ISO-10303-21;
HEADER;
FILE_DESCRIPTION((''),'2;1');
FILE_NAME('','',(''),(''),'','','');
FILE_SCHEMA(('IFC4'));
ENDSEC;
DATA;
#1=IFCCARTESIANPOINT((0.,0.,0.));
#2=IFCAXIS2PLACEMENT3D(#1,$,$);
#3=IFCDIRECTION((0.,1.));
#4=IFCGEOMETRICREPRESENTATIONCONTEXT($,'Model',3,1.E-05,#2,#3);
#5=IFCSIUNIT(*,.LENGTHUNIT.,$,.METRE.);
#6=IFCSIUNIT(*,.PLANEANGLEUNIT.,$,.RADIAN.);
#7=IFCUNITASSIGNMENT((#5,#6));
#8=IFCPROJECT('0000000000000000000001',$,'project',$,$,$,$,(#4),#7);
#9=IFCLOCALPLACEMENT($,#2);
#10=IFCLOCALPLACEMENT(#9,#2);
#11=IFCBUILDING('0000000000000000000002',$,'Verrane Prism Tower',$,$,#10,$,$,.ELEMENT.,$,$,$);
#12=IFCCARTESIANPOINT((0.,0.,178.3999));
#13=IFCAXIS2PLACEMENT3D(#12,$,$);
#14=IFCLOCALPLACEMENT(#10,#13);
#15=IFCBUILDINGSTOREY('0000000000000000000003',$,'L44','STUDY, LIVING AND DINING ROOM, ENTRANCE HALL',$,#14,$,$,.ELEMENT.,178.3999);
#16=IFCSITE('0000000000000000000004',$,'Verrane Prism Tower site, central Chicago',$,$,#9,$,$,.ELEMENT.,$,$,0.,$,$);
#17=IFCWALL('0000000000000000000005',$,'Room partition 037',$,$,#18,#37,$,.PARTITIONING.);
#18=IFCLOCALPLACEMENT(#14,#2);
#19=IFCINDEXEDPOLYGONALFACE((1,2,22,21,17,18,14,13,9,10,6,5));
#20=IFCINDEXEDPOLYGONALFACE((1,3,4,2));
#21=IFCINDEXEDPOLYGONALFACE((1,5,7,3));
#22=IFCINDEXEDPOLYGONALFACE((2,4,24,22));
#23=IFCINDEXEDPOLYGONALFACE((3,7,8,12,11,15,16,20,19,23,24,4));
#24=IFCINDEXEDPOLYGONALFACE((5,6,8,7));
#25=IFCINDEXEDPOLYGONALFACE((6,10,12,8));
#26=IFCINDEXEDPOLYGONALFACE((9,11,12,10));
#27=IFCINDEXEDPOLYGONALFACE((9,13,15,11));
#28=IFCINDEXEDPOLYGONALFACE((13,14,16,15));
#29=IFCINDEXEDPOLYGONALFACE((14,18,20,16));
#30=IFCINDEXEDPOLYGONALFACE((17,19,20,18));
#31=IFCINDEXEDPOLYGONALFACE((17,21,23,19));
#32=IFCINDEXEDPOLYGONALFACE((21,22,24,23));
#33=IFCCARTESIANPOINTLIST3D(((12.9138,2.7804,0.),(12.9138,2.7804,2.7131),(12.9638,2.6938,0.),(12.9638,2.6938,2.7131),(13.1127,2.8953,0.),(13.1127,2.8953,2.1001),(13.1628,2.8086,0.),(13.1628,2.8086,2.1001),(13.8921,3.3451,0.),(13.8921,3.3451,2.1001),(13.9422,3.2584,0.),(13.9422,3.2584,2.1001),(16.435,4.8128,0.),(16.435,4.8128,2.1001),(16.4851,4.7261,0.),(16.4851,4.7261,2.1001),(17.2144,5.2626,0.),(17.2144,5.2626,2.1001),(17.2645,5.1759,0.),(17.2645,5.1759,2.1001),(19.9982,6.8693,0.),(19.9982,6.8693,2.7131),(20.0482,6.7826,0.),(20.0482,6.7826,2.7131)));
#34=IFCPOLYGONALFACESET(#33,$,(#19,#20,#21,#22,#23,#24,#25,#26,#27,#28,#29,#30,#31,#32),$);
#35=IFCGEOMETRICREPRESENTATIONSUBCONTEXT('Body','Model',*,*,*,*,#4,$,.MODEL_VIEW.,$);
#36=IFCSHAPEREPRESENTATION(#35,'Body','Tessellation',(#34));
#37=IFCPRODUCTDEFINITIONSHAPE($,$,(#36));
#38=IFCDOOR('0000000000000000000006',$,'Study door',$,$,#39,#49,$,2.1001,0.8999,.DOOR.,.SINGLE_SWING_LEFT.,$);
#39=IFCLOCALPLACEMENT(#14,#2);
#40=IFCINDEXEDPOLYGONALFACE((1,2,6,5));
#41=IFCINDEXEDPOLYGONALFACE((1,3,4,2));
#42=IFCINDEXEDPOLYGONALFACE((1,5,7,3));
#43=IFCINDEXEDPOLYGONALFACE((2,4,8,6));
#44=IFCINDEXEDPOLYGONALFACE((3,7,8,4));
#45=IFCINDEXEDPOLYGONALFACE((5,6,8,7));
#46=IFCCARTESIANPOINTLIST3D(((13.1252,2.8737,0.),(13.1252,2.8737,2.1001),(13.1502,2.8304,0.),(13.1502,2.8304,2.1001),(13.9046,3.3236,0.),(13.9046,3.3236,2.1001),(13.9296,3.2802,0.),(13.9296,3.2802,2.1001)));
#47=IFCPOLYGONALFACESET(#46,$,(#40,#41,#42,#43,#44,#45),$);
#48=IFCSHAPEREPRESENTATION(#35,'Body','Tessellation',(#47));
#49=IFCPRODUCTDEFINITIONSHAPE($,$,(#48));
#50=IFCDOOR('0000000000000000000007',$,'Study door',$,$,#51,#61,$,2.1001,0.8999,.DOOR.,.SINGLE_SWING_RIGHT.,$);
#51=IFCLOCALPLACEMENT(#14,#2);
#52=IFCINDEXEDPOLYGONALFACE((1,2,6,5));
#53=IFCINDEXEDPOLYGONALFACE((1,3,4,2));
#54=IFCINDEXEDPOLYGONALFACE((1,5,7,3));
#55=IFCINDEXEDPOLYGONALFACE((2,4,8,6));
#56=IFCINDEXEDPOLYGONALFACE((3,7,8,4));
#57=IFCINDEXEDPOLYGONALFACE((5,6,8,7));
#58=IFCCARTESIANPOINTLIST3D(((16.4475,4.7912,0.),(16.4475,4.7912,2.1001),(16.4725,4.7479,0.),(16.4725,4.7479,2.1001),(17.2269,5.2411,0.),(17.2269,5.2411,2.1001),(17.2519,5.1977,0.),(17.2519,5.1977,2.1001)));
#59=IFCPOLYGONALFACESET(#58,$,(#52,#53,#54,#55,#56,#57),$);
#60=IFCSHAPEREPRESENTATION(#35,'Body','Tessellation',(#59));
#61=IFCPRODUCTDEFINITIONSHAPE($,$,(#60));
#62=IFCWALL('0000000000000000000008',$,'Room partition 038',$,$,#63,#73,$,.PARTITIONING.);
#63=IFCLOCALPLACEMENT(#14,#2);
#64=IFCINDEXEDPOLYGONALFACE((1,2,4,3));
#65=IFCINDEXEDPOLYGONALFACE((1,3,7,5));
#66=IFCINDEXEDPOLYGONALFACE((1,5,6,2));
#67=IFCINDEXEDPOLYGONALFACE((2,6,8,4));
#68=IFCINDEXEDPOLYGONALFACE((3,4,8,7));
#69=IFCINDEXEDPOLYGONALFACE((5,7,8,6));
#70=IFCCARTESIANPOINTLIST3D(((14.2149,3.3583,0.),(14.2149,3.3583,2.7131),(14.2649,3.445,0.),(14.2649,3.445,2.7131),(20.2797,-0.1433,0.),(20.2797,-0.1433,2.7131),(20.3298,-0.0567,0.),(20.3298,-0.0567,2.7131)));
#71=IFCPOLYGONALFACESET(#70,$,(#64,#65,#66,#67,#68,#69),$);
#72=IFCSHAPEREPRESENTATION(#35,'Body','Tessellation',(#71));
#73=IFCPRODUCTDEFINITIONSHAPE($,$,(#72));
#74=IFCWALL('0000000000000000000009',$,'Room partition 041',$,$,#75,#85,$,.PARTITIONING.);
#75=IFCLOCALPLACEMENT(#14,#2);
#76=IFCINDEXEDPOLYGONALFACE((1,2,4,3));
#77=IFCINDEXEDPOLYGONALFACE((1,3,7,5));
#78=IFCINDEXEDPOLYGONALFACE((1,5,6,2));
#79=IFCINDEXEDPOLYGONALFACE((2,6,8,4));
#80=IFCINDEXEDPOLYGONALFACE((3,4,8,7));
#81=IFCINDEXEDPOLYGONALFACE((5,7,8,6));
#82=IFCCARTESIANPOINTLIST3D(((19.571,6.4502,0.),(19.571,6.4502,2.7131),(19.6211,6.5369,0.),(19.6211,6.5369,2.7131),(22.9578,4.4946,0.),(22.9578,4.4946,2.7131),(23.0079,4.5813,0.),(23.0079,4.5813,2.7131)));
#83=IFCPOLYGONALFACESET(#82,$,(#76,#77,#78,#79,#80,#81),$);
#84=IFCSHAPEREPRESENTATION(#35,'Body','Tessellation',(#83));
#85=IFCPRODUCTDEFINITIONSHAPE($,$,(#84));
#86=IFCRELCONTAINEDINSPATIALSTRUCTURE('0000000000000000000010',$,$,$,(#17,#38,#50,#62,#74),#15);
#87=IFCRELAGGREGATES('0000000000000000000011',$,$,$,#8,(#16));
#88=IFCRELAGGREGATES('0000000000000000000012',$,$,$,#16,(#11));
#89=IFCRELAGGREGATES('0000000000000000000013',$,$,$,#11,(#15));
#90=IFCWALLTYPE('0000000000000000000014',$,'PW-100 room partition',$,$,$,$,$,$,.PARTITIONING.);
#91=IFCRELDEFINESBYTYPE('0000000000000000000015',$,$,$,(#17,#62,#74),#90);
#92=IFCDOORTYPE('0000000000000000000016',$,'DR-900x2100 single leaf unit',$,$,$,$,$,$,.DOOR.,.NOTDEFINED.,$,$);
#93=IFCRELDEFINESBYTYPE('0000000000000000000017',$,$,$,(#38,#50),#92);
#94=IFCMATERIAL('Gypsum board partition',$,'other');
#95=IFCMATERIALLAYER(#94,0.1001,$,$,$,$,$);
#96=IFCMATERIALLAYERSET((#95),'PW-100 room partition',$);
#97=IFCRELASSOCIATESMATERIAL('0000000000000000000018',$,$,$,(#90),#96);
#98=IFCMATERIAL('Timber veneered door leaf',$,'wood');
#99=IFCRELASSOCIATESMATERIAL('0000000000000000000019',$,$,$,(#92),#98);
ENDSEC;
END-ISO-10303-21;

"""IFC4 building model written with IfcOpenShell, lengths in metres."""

from ifc_helpers import new_model, si_unit, direction, frame, frame_2d, origin, place, context, subcontext, project, spatial, rectangle, extrude, material, layer, layer_set, type_object, element, fill, save


model = new_model("IFC4")

# Units and contexts
model_context = context("Model", 3, precision=1e-05, world=origin(), true_north=direction((0.0, 1.0)))
body_context = subcontext(model_context, "Body", "Model", "MODEL_VIEW")
ifc_project = project(units=[si_unit("LENGTHUNIT", "METRE"), si_unit("PLANEANGLEUNIT", "RADIAN")], contexts=[model_context])

# Site, building, storey
site_placement = place(None, origin())
site = spatial("IfcSite", under=ifc_project, at=site_placement, Name="Verrane Prism Tower site, central Chicago", CompositionType="ELEMENT", RefElevation=0.0)
building_placement = place(site_placement, origin())
building = spatial("IfcBuilding", under=site, at=building_placement, Name="Verrane Prism Tower", CompositionType="ELEMENT")
storey_placement = place(building_placement, frame((0.0, 0.0, 178.3999)))
storey = spatial("IfcBuildingStorey", under=building, at=storey_placement, Name="L44", Description="STUDY, LIVING AND DINING ROOM, ENTRANCE HALL", CompositionType="ELEMENT", Elevation=178.3999)

# Wall, openings, doors
ifc_material_1 = material(Name="Gypsum board partition", Category="other")
ifc_layer_1 = layer(ifc_material_1, 0.1001)
ifc_layer_set_1 = layer_set([ifc_layer_1], Name="PW-100 room partition")
wall_type_1 = type_object("IfcWallType", Name="PW-100 room partition", PredefinedType="PARTITIONING", material=ifc_layer_set_1)
wall_1_placement = place(storey_placement, frame((20.0232, 6.8259, 0.0), z_axis=(0.0, 0.0, 1.0), x_axis=(-0.866097, -0.499876, 0.0)))
wall_1 = element("IfcWall", 1, at=wall_1_placement, inside=storey, type_object=wall_type_1, Name="Room partition 037", PredefinedType="PARTITIONING", context=body_context, shape_type="SweptSolid", body=[
    extrude(rectangle(XDim=8.1797, YDim=0.1001, at=frame_2d((4.0898, 0.0))), origin(), (0.0, 0.0, 1.0), 2.7131),
])
opening_1_placement = place(wall_1_placement, frame((7.05, 0.0, 0.0)))
opening_1 = element("IfcOpeningElement", 2, at=opening_1_placement, cuts=wall_1, PredefinedType="OPENING", context=body_context, shape_type="SweptSolid", body=[
    extrude(rectangle(XDim=0.8999, YDim=2.1001, at=frame_2d((0.45, 1.05))), frame((0.0, 0.0601, 0.0), z_axis=(0.0, -1.0, 0.0), x_axis=(1.0, 0.0, 0.0)), (0.0, 0.0, 1.0), 0.1201),
])
opening_2_placement = place(wall_1_placement, frame((3.2141, 0.0, 0.0)))
opening_2 = element("IfcOpeningElement", 3, at=opening_2_placement, cuts=wall_1, PredefinedType="OPENING", context=body_context, shape_type="SweptSolid", body=[
    extrude(rectangle(XDim=0.8999, YDim=2.1001, at=frame_2d((0.45, 1.05))), frame((0.0, 0.0601, 0.0), z_axis=(0.0, -1.0, 0.0), x_axis=(1.0, 0.0, 0.0)), (0.0, 0.0, 1.0), 0.1201),
])
ifc_material_2 = material(Name="Timber veneered door leaf", Category="wood")
door_type_1 = type_object("IfcDoorType", Name="DR-900x2100 single leaf unit", OperationType="NOTDEFINED", PredefinedType="DOOR", material=ifc_material_2)
door_1_placement = place(opening_1_placement, origin())
door_1 = element("IfcDoor", 4, at=door_1_placement, inside=storey, type_object=door_type_1, Name="Study door", OperationType="SINGLE_SWING_LEFT", OverallHeight=2.1001, OverallWidth=0.8999, PredefinedType="DOOR", context=body_context, shape_type="SweptSolid", body=[
    extrude(rectangle(XDim=0.8999, YDim=2.1001, at=frame_2d((0.45, 1.05))), frame((0.0, 0.0249, 0.0), z_axis=(0.0, -1.0, 0.0), x_axis=(1.0, 0.0, 0.0)), (0.0, 0.0, 1.0), 0.05),
])
fill(opening_1, door_1)
door_2_placement = place(opening_2_placement, origin())
door_2 = element("IfcDoor", 5, at=door_2_placement, inside=storey, type_object=door_type_1, Name="Study door", OperationType="SINGLE_SWING_RIGHT", OverallHeight=2.1001, OverallWidth=0.8999, PredefinedType="DOOR", context=body_context, shape_type="SweptSolid", body=[
    extrude(rectangle(XDim=0.8999, YDim=2.1001, at=frame_2d((0.45, 1.05))), frame((0.0, 0.0249, 0.0), z_axis=(0.0, -1.0, 0.0), x_axis=(1.0, 0.0, 0.0)), (0.0, 0.0, 1.0), 0.05),
])
fill(opening_2, door_2)

# Walls
wall_2_placement = place(storey_placement, frame((14.24, 3.4016, 0.0), z_axis=(0.0, 0.0, 1.0), x_axis=(0.866018, -0.500012, 0.0)))
element("IfcWall", 6, at=wall_2_placement, inside=storey, type_object=wall_type_1, Name="Room partition 038", PredefinedType="PARTITIONING", context=body_context, shape_type="SweptSolid", body=[
    extrude(rectangle(XDim=7.0032, YDim=0.1001, at=frame_2d((3.5015, 0.0))), origin(), (0.0, 0.0, 1.0), 2.7131),
])
wall_3_placement = place(storey_placement, frame((19.5959, 6.4937, 0.0), z_axis=(0.0, 0.0, 1.0), x_axis=(0.865998, -0.500047, 0.0)))
element("IfcWall", 7, at=wall_3_placement, inside=storey, type_object=wall_type_1, Name="Room partition 041", PredefinedType="PARTITIONING", context=body_context, shape_type="SweptSolid", body=[
    extrude(rectangle(XDim=3.9109, YDim=0.1001, at=frame_2d((1.9556, 0.0))), origin(), (0.0, 0.0, 1.0), 2.7131),
])

save(model, "model.ifc")
